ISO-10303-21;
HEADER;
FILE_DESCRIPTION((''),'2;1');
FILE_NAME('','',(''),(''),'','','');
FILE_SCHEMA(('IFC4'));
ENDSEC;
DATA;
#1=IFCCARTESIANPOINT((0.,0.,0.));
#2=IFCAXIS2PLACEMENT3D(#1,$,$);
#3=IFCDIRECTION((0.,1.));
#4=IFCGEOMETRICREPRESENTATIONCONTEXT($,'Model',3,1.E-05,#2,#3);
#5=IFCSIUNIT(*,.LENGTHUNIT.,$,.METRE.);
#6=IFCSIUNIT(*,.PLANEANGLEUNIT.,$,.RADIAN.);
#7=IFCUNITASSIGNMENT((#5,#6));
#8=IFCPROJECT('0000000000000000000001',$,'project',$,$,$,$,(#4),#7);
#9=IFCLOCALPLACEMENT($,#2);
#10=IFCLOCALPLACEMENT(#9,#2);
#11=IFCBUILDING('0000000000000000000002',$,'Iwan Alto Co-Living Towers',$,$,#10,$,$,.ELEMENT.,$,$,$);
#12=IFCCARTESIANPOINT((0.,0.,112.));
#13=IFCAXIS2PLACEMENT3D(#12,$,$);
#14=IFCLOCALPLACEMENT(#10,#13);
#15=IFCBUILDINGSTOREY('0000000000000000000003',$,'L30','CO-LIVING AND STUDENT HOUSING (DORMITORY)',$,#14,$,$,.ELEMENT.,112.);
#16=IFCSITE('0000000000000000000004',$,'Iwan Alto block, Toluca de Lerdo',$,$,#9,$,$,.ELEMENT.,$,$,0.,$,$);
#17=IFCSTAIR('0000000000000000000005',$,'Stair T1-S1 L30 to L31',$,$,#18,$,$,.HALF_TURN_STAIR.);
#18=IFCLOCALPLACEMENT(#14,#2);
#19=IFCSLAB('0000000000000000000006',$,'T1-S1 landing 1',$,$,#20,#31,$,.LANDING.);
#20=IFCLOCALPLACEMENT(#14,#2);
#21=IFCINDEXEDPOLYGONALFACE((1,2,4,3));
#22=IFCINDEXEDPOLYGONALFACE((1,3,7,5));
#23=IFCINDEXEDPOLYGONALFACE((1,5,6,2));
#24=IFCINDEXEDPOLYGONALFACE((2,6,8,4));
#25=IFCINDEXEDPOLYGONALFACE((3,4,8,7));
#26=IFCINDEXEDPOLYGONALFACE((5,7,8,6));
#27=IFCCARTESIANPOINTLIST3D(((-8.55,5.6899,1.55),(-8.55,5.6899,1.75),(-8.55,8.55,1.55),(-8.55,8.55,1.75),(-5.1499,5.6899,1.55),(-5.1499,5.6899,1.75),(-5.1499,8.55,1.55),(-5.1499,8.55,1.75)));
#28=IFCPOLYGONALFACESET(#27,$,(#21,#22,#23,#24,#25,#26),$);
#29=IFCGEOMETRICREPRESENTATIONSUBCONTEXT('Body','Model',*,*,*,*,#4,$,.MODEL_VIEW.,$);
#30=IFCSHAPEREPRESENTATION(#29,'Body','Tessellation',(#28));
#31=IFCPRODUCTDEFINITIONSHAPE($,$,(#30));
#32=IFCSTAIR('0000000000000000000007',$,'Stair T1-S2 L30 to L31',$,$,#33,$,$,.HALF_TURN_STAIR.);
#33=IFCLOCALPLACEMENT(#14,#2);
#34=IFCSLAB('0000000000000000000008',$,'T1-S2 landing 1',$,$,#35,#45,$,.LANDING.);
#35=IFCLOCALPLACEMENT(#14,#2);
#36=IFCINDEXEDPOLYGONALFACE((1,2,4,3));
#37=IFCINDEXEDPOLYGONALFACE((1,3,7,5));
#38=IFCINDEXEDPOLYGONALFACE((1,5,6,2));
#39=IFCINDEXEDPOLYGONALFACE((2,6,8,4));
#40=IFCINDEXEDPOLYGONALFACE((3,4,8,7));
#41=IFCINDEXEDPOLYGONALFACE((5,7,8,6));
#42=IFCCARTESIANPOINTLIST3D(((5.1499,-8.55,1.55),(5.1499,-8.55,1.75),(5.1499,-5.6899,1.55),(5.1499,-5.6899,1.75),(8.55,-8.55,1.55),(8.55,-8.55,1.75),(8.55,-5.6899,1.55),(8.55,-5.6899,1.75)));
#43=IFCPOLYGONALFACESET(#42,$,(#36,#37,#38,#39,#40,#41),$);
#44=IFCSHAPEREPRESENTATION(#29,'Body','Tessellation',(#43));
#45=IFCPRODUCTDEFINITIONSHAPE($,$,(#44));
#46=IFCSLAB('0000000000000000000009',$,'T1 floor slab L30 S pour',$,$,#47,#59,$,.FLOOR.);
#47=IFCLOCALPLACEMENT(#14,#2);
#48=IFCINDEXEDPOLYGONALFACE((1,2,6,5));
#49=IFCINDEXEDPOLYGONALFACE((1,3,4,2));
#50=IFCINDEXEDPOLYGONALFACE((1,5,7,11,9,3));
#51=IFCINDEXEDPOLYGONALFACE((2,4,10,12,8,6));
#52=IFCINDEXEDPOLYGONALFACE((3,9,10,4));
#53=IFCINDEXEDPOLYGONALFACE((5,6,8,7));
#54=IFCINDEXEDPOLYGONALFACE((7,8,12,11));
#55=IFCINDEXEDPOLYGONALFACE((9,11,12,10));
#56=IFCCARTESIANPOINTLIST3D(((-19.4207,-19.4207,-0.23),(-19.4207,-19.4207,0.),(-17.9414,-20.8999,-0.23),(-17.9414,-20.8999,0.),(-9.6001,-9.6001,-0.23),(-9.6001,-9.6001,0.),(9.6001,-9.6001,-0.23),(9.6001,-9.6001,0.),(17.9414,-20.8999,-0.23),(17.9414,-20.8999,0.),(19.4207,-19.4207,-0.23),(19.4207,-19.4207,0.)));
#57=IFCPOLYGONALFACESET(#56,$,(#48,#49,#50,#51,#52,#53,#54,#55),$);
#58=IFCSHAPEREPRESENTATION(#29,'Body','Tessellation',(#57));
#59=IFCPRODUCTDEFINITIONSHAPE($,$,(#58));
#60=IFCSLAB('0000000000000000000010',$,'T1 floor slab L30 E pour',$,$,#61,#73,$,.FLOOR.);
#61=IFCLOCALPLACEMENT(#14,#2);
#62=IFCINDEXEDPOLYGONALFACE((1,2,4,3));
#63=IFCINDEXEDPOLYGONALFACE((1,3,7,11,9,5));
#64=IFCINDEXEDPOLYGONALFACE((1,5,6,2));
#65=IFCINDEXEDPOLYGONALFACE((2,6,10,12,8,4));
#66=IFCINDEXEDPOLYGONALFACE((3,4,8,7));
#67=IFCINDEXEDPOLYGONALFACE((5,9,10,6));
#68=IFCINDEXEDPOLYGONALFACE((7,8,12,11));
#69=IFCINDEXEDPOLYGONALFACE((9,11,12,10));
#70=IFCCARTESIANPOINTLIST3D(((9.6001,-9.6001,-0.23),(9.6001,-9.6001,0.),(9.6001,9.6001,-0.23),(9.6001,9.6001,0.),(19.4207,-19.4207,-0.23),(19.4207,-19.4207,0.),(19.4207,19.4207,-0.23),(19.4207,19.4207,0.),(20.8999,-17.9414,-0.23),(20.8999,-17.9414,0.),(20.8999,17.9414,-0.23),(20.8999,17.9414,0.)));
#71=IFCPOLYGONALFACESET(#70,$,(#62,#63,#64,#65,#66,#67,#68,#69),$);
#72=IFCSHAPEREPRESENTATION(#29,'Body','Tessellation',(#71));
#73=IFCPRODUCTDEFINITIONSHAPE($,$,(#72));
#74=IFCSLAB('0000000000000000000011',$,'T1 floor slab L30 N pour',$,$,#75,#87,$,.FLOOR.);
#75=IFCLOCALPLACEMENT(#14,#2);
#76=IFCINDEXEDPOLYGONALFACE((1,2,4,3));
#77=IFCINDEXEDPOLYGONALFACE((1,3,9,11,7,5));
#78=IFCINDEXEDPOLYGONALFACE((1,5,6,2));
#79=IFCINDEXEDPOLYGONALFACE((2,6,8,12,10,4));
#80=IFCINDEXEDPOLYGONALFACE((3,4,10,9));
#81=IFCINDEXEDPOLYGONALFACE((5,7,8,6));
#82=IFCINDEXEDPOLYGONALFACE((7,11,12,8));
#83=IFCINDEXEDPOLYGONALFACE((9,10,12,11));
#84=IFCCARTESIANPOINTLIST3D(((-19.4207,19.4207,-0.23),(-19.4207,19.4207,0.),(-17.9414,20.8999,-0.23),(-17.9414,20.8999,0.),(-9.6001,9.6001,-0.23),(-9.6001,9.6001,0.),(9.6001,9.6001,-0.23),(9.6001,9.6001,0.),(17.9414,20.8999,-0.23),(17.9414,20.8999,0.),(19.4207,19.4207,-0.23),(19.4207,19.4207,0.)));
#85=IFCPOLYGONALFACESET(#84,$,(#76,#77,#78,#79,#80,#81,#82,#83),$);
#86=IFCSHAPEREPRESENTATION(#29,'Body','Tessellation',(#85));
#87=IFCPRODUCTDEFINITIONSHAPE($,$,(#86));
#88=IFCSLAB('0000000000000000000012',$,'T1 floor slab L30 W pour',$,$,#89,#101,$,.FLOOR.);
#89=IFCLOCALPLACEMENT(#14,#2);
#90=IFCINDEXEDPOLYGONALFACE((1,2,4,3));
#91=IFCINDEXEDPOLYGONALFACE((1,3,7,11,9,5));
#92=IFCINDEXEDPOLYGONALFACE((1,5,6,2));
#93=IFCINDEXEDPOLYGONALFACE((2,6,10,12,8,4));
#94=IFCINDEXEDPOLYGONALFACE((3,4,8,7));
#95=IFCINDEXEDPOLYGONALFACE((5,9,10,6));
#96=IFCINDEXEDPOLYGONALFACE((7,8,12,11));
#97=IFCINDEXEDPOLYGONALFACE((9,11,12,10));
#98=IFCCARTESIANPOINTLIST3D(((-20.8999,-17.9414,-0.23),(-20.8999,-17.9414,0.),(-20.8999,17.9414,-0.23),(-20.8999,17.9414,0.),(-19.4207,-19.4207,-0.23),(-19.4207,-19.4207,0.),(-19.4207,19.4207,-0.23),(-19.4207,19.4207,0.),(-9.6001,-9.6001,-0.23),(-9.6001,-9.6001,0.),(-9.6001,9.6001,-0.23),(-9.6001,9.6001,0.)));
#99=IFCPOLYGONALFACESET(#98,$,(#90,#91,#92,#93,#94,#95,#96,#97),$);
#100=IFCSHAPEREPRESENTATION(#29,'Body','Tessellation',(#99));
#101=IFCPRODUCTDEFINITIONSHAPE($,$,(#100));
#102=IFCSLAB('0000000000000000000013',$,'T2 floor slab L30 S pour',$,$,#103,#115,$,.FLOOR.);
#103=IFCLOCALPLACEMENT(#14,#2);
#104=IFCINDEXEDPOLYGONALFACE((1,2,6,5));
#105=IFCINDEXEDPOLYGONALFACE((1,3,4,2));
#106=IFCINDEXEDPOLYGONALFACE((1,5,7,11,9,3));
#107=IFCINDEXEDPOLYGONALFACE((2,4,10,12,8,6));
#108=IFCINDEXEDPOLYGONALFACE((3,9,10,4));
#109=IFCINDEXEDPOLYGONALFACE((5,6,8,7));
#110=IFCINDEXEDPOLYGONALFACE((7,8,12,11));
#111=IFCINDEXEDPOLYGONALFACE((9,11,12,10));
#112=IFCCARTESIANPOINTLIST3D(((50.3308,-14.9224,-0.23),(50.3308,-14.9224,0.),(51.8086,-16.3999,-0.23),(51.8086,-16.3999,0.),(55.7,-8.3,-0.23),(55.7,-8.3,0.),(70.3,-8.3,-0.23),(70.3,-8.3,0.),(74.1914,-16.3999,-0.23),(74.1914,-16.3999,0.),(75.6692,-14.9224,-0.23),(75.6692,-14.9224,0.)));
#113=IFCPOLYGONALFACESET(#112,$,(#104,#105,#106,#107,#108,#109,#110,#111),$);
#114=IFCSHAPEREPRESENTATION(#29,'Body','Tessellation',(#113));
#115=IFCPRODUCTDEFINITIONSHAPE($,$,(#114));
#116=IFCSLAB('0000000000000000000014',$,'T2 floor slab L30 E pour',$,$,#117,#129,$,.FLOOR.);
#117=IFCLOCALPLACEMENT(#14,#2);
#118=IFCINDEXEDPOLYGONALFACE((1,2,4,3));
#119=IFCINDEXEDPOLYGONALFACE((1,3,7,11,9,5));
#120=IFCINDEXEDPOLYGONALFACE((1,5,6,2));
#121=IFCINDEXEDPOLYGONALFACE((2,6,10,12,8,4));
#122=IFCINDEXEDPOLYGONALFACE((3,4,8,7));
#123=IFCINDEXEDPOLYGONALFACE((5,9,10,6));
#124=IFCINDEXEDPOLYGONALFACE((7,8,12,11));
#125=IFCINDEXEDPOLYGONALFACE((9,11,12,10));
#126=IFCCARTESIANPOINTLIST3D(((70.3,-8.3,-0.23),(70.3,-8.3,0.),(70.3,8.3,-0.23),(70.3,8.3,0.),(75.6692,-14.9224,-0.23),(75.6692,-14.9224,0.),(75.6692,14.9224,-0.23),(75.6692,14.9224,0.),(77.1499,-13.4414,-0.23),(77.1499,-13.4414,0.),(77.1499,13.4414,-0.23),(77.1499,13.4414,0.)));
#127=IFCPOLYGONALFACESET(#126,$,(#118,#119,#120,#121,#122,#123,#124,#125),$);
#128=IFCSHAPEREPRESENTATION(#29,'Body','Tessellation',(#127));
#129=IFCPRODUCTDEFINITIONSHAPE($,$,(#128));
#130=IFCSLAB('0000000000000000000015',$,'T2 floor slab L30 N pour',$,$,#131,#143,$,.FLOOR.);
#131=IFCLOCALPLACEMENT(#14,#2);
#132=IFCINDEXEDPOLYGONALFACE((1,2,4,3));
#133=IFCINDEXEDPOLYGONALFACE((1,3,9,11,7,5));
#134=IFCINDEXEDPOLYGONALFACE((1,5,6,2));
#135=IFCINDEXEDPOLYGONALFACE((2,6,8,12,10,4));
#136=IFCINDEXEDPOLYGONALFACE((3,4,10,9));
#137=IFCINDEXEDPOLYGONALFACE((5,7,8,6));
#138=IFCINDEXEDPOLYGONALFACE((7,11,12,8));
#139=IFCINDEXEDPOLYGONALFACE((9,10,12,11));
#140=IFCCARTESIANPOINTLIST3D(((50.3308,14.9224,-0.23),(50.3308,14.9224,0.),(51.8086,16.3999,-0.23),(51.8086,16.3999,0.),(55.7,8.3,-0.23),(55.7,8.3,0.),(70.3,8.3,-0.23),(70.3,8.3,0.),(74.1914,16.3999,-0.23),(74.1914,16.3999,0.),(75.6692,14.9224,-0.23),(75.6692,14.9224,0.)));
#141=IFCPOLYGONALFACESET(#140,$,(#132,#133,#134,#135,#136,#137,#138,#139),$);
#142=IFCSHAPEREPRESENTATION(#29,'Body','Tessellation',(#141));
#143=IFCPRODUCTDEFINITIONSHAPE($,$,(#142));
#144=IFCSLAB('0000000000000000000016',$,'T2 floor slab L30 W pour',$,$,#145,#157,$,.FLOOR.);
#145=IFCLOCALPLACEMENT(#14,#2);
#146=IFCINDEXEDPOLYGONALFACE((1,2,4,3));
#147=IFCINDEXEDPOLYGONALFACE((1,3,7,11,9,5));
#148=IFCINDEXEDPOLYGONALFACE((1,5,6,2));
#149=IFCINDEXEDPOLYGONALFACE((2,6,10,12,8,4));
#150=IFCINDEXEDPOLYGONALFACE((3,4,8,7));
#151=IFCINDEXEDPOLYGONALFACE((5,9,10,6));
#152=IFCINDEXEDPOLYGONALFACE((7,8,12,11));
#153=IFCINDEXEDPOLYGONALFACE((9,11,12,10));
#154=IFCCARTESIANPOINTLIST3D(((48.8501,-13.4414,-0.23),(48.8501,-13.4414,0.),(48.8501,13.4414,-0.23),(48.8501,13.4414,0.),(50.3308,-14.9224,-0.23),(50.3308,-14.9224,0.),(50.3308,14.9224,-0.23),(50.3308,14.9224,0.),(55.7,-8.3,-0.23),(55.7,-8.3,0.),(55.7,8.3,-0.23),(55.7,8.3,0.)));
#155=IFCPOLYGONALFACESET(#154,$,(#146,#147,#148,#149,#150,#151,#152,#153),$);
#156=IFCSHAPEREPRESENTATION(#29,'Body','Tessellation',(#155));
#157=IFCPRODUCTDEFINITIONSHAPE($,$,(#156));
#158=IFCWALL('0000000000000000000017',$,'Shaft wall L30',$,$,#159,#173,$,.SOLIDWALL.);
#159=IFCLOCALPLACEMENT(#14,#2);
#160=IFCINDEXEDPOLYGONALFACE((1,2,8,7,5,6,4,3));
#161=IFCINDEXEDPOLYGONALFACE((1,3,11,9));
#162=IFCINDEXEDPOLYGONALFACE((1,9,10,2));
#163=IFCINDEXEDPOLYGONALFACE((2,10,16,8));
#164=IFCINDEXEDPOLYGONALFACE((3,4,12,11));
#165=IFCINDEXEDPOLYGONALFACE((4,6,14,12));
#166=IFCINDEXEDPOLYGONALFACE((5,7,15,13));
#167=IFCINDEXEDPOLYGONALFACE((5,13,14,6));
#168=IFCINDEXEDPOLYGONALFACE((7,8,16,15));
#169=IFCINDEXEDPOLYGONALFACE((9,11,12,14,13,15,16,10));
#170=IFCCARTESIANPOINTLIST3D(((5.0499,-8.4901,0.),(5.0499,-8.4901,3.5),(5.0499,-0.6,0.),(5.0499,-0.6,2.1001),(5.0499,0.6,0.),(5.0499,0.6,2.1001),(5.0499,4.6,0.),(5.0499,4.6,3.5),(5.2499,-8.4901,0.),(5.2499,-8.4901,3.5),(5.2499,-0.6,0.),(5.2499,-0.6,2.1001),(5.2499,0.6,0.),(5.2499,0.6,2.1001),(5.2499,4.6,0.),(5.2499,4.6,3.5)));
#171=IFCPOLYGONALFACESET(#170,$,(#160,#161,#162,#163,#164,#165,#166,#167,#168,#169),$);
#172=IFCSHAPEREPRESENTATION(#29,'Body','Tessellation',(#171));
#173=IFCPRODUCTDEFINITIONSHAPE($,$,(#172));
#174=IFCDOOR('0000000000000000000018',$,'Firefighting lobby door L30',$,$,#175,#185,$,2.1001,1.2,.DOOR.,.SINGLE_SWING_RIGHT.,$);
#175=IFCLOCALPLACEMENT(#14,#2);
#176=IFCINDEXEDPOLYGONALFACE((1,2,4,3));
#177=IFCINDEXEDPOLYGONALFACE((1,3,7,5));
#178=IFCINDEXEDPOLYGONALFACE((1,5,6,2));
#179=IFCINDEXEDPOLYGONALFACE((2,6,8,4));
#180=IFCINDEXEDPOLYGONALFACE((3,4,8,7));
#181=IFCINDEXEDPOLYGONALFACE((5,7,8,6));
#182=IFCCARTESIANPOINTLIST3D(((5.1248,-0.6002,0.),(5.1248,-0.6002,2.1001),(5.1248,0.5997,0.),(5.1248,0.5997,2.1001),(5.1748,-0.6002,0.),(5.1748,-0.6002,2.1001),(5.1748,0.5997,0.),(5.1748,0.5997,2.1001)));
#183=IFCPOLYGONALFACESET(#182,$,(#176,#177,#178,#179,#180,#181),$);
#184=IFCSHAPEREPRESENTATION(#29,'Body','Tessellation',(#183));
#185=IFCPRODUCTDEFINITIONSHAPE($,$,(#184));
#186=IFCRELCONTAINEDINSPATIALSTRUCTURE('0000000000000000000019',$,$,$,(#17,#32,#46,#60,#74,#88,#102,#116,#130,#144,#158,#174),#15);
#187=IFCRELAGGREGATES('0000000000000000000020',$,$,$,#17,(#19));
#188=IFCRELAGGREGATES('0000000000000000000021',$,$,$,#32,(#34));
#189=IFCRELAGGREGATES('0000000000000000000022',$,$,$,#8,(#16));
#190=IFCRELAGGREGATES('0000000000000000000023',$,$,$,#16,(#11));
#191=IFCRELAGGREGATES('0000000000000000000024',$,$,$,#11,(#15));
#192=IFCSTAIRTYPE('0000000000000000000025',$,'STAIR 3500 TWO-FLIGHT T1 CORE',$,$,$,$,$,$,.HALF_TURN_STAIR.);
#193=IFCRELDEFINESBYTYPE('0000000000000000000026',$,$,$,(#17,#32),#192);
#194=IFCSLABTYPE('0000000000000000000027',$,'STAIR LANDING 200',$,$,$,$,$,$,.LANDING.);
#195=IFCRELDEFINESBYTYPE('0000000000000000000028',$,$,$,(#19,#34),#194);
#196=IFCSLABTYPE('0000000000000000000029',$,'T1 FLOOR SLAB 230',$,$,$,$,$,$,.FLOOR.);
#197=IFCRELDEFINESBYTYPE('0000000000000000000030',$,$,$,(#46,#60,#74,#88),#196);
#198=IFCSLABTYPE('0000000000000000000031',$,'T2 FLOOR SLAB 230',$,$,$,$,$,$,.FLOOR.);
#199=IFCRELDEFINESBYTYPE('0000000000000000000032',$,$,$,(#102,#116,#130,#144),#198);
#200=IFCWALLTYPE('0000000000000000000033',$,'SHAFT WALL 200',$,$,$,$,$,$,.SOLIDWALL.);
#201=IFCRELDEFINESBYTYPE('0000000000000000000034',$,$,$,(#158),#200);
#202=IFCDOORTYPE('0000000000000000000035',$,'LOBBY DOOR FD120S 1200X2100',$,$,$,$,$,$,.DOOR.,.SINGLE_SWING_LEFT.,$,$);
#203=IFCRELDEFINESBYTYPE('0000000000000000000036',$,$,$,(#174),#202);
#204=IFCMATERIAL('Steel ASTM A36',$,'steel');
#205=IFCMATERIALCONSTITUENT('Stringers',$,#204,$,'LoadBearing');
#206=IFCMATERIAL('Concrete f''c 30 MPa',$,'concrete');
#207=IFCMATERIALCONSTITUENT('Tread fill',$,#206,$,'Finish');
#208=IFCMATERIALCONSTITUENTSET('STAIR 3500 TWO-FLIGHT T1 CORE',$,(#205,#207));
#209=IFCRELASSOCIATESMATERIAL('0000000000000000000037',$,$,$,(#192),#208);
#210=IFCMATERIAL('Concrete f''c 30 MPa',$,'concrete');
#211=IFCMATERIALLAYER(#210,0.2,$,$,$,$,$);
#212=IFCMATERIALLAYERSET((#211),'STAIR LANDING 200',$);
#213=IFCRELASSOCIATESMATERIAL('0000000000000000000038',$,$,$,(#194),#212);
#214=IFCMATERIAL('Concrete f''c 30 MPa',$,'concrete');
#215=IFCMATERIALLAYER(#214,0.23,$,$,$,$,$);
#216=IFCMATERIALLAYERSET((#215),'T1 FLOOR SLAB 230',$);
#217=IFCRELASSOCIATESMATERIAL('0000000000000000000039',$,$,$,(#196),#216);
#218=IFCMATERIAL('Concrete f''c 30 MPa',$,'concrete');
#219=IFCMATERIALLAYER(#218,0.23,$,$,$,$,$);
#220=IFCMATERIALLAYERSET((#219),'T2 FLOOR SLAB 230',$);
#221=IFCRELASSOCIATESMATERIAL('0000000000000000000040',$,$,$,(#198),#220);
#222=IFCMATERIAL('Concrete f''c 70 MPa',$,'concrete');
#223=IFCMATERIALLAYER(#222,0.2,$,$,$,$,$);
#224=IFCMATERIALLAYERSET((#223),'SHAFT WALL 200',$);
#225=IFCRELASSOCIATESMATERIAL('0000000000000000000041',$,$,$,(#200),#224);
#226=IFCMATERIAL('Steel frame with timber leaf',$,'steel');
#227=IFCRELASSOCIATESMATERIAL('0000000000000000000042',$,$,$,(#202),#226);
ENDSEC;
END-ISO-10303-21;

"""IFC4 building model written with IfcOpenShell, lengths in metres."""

from ifc_helpers import new_model, si_unit, direction, frame, frame_2d, origin, place, context, subcontext, project, spatial, polyline, rectangle, outline, extrude, material, layer, layer_set, constituent, constituent_set, type_object, element, fill, aggregate, save


model = new_model("IFC4")

# Units and contexts
model_context = context("Model", 3, precision=1e-05, world=origin(), true_north=direction((0.0, 1.0)))
body_context = subcontext(model_context, "Body", "Model", "MODEL_VIEW")
ifc_project = project(units=[si_unit("LENGTHUNIT", "METRE"), si_unit("PLANEANGLEUNIT", "RADIAN")], contexts=[model_context])

# Site, building, storey
site_placement = place(None, origin())
site = spatial("IfcSite", under=ifc_project, at=site_placement, Name="Iwan Alto block, Toluca de Lerdo", CompositionType="ELEMENT", RefElevation=0.0)
building_placement = place(site_placement, origin())
building = spatial("IfcBuilding", under=site, at=building_placement, Name="Iwan Alto Co-Living Towers", CompositionType="ELEMENT")
storey_placement = place(building_placement, frame((0.0, 0.0, 112.0)))
storey = spatial("IfcBuildingStorey", under=building, at=storey_placement, Name="L30", Description="CO-LIVING AND STUDENT HOUSING (DORMITORY)", CompositionType="ELEMENT", Elevation=112.0)

# Stairs, slabs
ifc_material_1 = material(Name="Steel ASTM A36", Category="steel")
ifc_constituent_1 = constituent(ifc_material_1, Name="Stringers", Category="LoadBearing")
ifc_material_2 = material(Name="Concrete f'c 30 MPa", Category="concrete")
ifc_constituent_2 = constituent(ifc_material_2, Name="Tread fill", Category="Finish")
ifc_constituent_set_1 = constituent_set(constituents=[ifc_constituent_1, ifc_constituent_2], Name="STAIR 3500 TWO-FLIGHT T1 CORE")
stair_type = type_object("IfcStairType", Name="STAIR 3500 TWO-FLIGHT T1 CORE", PredefinedType="HALF_TURN_STAIR", material=ifc_constituent_set_1)
stair_1_placement = place(storey_placement, origin())
stair_1 = element("IfcStair", 1, at=stair_1_placement, inside=storey, type_object=stair_type, Name="Stair T1-S1 L30 to L31", PredefinedType="HALF_TURN_STAIR")
ifc_material_3 = material(Name="Concrete f'c 30 MPa", Category="concrete")
ifc_layer_1 = layer(ifc_material_3, 0.2)
ifc_layer_set_1 = layer_set([ifc_layer_1], Name="STAIR LANDING 200")
slab_type_1 = type_object("IfcSlabType", Name="STAIR LANDING 200", PredefinedType="LANDING", material=ifc_layer_set_1)
slab_1_placement = place(storey_placement, frame((0.0, 0.0, 1.55)))
slab_1 = element("IfcSlab", 2, at=slab_1_placement, type_object=slab_type_1, Name="T1-S1 landing 1", PredefinedType="LANDING", context=body_context, shape_type="SweptSolid", body=[
    extrude(outline(polyline([(-8.55, 5.6899), (-8.55, 8.55), (-5.1499, 8.55), (-5.1499, 5.6899), (-8.55, 5.6899)])), origin(), (0.0, 0.0, 1.0), 0.2),
])
aggregate(stair_1, [slab_1])
stair_2_placement = place(storey_placement, origin())
stair_2 = element("IfcStair", 3, at=stair_2_placement, inside=storey, type_object=stair_type, Name="Stair T1-S2 L30 to L31", PredefinedType="HALF_TURN_STAIR")
slab_2_placement = place(storey_placement, frame((0.0, 0.0, 1.55)))
slab_2 = element("IfcSlab", 4, at=slab_2_placement, type_object=slab_type_1, Name="T1-S2 landing 1", PredefinedType="LANDING", context=body_context, shape_type="SweptSolid", body=[
    extrude(outline(polyline([(5.1499, -5.6899), (5.1499, -8.55), (8.55, -8.55), (8.55, -5.6899), (5.1499, -5.6899)])), origin(), (0.0, 0.0, 1.0), 0.2),
])

# Slabs
ifc_material_4 = material(Name="Concrete f'c 30 MPa", Category="concrete")
ifc_layer_2 = layer(ifc_material_4, 0.23)
ifc_layer_set_2 = layer_set([ifc_layer_2], Name="T1 FLOOR SLAB 230")
slab_type_2 = type_object("IfcSlabType", Name="T1 FLOOR SLAB 230", PredefinedType="FLOOR", material=ifc_layer_set_2)
slab_3_placement = place(storey_placement, frame((0.0, 0.0, -0.23)))
element("IfcSlab", 5, at=slab_3_placement, inside=storey, type_object=slab_type_2, Name="T1 floor slab L30 S pour", PredefinedType="FLOOR", context=body_context, shape_type="SweptSolid", body=[
    extrude(outline(polyline([(17.9414, -20.8999), (-17.9414, -20.8999), (-19.4207, -19.4207), (-9.6001, -9.6001), (9.6001, -9.6001), (19.4207, -19.4207), (17.9414, -20.8999)])), origin(), (0.0, 0.0, 1.0), 0.23),
])
slab_4_placement = place(storey_placement, frame((0.0, 0.0, -0.23)))
element("IfcSlab", 6, at=slab_4_placement, inside=storey, type_object=slab_type_2, Name="T1 floor slab L30 E pour", PredefinedType="FLOOR", context=body_context, shape_type="SweptSolid", body=[
    extrude(outline(polyline([(20.8999, 17.9414), (20.8999, -17.9414), (19.4207, -19.4207), (9.6001, -9.6001), (9.6001, 9.6001), (19.4207, 19.4207), (20.8999, 17.9414)])), origin(), (0.0, 0.0, 1.0), 0.23),
])
slab_5_placement = place(storey_placement, frame((0.0, 0.0, -0.23)))
element("IfcSlab", 7, at=slab_5_placement, inside=storey, type_object=slab_type_2, Name="T1 floor slab L30 N pour", PredefinedType="FLOOR", context=body_context, shape_type="SweptSolid", body=[
    extrude(outline(polyline([(-17.9414, 20.8999), (17.9414, 20.8999), (19.4207, 19.4207), (9.6001, 9.6001), (-9.6001, 9.6001), (-19.4207, 19.4207), (-17.9414, 20.8999)])), origin(), (0.0, 0.0, 1.0), 0.23),
])
slab_6_placement = place(storey_placement, frame((0.0, 0.0, -0.23)))
element("IfcSlab", 8, at=slab_6_placement, inside=storey, type_object=slab_type_2, Name="T1 floor slab L30 W pour", PredefinedType="FLOOR", context=body_context, shape_type="SweptSolid", body=[
    extrude(outline(polyline([(-20.8999, 17.9414), (-19.4207, 19.4207), (-9.6001, 9.6001), (-9.6001, -9.6001), (-19.4207, -19.4207), (-20.8999, -17.9414), (-20.8999, 17.9414)])), origin(), (0.0, 0.0, 1.0), 0.23),
])
ifc_material_5 = material(Name="Concrete f'c 30 MPa", Category="concrete")
ifc_layer_3 = layer(ifc_material_5, 0.23)
ifc_layer_set_3 = layer_set([ifc_layer_3], Name="T2 FLOOR SLAB 230")
slab_type_3 = type_object("IfcSlabType", Name="T2 FLOOR SLAB 230", PredefinedType="FLOOR", material=ifc_layer_set_3)
slab_7_placement = place(storey_placement, frame((0.0, 0.0, -0.23)))
element("IfcSlab", 9, at=slab_7_placement, inside=storey, type_object=slab_type_3, Name="T2 floor slab L30 S pour", PredefinedType="FLOOR", context=body_context, shape_type="SweptSolid", body=[
    extrude(outline(polyline([(74.1914, -16.3999), (51.8086, -16.3999), (50.3308, -14.9224), (55.7, -8.3), (70.3, -8.3), (75.6692, -14.9224), (74.1914, -16.3999)])), origin(), (0.0, 0.0, 1.0), 0.23),
])
slab_8_placement = place(storey_placement, frame((0.0, 0.0, -0.23)))
element("IfcSlab", 10, at=slab_8_placement, inside=storey, type_object=slab_type_3, Name="T2 floor slab L30 E pour", PredefinedType="FLOOR", context=body_context, shape_type="SweptSolid", body=[
    extrude(outline(polyline([(77.1499, 13.4414), (77.1499, -13.4414), (75.6692, -14.9224), (70.3, -8.3), (70.3, 8.3), (75.6692, 14.9224), (77.1499, 13.4414)])), origin(), (0.0, 0.0, 1.0), 0.23),
])
slab_9_placement = place(storey_placement, frame((0.0, 0.0, -0.23)))
element("IfcSlab", 11, at=slab_9_placement, inside=storey, type_object=slab_type_3, Name="T2 floor slab L30 N pour", PredefinedType="FLOOR", context=body_context, shape_type="SweptSolid", body=[
    extrude(outline(polyline([(51.8086, 16.3999), (74.1914, 16.3999), (75.6692, 14.9224), (70.3, 8.3), (55.7, 8.3), (50.3308, 14.9224), (51.8086, 16.3999)])), origin(), (0.0, 0.0, 1.0), 0.23),
])
slab_10_placement = place(storey_placement, frame((0.0, 0.0, -0.23)))
element("IfcSlab", 12, at=slab_10_placement, inside=storey, type_object=slab_type_3, Name="T2 floor slab L30 W pour", PredefinedType="FLOOR", context=body_context, shape_type="SweptSolid", body=[
    extrude(outline(polyline([(48.8501, 13.4414), (50.3308, 14.9224), (55.7, 8.3), (55.7, -8.3), (50.3308, -14.9224), (48.8501, -13.4414), (48.8501, 13.4414)])), origin(), (0.0, 0.0, 1.0), 0.23),
])

# Wall, opening, door
ifc_material_6 = material(Name="Concrete f'c 70 MPa", Category="concrete")
ifc_layer_4 = layer(ifc_material_6, 0.2)
ifc_layer_set_4 = layer_set([ifc_layer_4], Name="SHAFT WALL 200")
wall_type_1 = type_object("IfcWallType", Name="SHAFT WALL 200", PredefinedType="SOLIDWALL", material=ifc_layer_set_4)
wall_1_placement = place(storey_placement, frame((5.1499, -8.49, 0.0), z_axis=(0.0, 0.0, 1.0), x_axis=(0.0, 1.0, 0.0)))
wall_1 = element("IfcWall", 13, at=wall_1_placement, inside=storey, type_object=wall_type_1, Name="Shaft wall L30", PredefinedType="SOLIDWALL", context=body_context, shape_type="SweptSolid", body=[
    extrude(rectangle(XDim=13.0901, YDim=0.2, at=frame_2d((6.5449, 0.0))), origin(), (0.0, 0.0, 1.0), 3.5),
])
opening_placement = place(wall_1_placement, frame((7.8899, 0.0, 0.0)))
opening = element("IfcOpeningElement", 14, at=opening_placement, cuts=wall_1, PredefinedType="OPENING", context=body_context, shape_type="SweptSolid", body=[
    extrude(rectangle(XDim=1.2, YDim=2.1001, at=frame_2d((0.6001, 1.05))), frame((0.0, 0.1099, 0.0), z_axis=(0.0, -1.0, 0.0), x_axis=(1.0, 0.0, 0.0)), (0.0, 0.0, 1.0), 0.22),
])
ifc_material_7 = material(Name="Steel frame with timber leaf", Category="steel")
door_type = type_object("IfcDoorType", Name="LOBBY DOOR FD120S 1200X2100", OperationType="SINGLE_SWING_LEFT", PredefinedType="DOOR", material=ifc_material_7)
door_placement = place(opening_placement, frame((1.2, 0.0, 0.0), z_axis=(0.0, 0.0, 1.0), x_axis=(-1.0, 0.0, 0.0)))
door = element("IfcDoor", 15, at=door_placement, inside=storey, type_object=door_type, Name="Firefighting lobby door L30", OperationType="SINGLE_SWING_RIGHT", OverallHeight=2.1001, OverallWidth=1.2, PredefinedType="DOOR", context=body_context, shape_type="SweptSolid", body=[
    extrude(rectangle(XDim=1.2, YDim=2.1001, at=frame_2d((0.6001, 1.05))), frame((0.0, 0.0249, 0.0), z_axis=(0.0, -1.0, 0.0), x_axis=(1.0, 0.0, 0.0)), (0.0, 0.0, 1.0), 0.05),
])
fill(opening, door)

aggregate(stair_2, [slab_2])

save(model, "model.ifc")
